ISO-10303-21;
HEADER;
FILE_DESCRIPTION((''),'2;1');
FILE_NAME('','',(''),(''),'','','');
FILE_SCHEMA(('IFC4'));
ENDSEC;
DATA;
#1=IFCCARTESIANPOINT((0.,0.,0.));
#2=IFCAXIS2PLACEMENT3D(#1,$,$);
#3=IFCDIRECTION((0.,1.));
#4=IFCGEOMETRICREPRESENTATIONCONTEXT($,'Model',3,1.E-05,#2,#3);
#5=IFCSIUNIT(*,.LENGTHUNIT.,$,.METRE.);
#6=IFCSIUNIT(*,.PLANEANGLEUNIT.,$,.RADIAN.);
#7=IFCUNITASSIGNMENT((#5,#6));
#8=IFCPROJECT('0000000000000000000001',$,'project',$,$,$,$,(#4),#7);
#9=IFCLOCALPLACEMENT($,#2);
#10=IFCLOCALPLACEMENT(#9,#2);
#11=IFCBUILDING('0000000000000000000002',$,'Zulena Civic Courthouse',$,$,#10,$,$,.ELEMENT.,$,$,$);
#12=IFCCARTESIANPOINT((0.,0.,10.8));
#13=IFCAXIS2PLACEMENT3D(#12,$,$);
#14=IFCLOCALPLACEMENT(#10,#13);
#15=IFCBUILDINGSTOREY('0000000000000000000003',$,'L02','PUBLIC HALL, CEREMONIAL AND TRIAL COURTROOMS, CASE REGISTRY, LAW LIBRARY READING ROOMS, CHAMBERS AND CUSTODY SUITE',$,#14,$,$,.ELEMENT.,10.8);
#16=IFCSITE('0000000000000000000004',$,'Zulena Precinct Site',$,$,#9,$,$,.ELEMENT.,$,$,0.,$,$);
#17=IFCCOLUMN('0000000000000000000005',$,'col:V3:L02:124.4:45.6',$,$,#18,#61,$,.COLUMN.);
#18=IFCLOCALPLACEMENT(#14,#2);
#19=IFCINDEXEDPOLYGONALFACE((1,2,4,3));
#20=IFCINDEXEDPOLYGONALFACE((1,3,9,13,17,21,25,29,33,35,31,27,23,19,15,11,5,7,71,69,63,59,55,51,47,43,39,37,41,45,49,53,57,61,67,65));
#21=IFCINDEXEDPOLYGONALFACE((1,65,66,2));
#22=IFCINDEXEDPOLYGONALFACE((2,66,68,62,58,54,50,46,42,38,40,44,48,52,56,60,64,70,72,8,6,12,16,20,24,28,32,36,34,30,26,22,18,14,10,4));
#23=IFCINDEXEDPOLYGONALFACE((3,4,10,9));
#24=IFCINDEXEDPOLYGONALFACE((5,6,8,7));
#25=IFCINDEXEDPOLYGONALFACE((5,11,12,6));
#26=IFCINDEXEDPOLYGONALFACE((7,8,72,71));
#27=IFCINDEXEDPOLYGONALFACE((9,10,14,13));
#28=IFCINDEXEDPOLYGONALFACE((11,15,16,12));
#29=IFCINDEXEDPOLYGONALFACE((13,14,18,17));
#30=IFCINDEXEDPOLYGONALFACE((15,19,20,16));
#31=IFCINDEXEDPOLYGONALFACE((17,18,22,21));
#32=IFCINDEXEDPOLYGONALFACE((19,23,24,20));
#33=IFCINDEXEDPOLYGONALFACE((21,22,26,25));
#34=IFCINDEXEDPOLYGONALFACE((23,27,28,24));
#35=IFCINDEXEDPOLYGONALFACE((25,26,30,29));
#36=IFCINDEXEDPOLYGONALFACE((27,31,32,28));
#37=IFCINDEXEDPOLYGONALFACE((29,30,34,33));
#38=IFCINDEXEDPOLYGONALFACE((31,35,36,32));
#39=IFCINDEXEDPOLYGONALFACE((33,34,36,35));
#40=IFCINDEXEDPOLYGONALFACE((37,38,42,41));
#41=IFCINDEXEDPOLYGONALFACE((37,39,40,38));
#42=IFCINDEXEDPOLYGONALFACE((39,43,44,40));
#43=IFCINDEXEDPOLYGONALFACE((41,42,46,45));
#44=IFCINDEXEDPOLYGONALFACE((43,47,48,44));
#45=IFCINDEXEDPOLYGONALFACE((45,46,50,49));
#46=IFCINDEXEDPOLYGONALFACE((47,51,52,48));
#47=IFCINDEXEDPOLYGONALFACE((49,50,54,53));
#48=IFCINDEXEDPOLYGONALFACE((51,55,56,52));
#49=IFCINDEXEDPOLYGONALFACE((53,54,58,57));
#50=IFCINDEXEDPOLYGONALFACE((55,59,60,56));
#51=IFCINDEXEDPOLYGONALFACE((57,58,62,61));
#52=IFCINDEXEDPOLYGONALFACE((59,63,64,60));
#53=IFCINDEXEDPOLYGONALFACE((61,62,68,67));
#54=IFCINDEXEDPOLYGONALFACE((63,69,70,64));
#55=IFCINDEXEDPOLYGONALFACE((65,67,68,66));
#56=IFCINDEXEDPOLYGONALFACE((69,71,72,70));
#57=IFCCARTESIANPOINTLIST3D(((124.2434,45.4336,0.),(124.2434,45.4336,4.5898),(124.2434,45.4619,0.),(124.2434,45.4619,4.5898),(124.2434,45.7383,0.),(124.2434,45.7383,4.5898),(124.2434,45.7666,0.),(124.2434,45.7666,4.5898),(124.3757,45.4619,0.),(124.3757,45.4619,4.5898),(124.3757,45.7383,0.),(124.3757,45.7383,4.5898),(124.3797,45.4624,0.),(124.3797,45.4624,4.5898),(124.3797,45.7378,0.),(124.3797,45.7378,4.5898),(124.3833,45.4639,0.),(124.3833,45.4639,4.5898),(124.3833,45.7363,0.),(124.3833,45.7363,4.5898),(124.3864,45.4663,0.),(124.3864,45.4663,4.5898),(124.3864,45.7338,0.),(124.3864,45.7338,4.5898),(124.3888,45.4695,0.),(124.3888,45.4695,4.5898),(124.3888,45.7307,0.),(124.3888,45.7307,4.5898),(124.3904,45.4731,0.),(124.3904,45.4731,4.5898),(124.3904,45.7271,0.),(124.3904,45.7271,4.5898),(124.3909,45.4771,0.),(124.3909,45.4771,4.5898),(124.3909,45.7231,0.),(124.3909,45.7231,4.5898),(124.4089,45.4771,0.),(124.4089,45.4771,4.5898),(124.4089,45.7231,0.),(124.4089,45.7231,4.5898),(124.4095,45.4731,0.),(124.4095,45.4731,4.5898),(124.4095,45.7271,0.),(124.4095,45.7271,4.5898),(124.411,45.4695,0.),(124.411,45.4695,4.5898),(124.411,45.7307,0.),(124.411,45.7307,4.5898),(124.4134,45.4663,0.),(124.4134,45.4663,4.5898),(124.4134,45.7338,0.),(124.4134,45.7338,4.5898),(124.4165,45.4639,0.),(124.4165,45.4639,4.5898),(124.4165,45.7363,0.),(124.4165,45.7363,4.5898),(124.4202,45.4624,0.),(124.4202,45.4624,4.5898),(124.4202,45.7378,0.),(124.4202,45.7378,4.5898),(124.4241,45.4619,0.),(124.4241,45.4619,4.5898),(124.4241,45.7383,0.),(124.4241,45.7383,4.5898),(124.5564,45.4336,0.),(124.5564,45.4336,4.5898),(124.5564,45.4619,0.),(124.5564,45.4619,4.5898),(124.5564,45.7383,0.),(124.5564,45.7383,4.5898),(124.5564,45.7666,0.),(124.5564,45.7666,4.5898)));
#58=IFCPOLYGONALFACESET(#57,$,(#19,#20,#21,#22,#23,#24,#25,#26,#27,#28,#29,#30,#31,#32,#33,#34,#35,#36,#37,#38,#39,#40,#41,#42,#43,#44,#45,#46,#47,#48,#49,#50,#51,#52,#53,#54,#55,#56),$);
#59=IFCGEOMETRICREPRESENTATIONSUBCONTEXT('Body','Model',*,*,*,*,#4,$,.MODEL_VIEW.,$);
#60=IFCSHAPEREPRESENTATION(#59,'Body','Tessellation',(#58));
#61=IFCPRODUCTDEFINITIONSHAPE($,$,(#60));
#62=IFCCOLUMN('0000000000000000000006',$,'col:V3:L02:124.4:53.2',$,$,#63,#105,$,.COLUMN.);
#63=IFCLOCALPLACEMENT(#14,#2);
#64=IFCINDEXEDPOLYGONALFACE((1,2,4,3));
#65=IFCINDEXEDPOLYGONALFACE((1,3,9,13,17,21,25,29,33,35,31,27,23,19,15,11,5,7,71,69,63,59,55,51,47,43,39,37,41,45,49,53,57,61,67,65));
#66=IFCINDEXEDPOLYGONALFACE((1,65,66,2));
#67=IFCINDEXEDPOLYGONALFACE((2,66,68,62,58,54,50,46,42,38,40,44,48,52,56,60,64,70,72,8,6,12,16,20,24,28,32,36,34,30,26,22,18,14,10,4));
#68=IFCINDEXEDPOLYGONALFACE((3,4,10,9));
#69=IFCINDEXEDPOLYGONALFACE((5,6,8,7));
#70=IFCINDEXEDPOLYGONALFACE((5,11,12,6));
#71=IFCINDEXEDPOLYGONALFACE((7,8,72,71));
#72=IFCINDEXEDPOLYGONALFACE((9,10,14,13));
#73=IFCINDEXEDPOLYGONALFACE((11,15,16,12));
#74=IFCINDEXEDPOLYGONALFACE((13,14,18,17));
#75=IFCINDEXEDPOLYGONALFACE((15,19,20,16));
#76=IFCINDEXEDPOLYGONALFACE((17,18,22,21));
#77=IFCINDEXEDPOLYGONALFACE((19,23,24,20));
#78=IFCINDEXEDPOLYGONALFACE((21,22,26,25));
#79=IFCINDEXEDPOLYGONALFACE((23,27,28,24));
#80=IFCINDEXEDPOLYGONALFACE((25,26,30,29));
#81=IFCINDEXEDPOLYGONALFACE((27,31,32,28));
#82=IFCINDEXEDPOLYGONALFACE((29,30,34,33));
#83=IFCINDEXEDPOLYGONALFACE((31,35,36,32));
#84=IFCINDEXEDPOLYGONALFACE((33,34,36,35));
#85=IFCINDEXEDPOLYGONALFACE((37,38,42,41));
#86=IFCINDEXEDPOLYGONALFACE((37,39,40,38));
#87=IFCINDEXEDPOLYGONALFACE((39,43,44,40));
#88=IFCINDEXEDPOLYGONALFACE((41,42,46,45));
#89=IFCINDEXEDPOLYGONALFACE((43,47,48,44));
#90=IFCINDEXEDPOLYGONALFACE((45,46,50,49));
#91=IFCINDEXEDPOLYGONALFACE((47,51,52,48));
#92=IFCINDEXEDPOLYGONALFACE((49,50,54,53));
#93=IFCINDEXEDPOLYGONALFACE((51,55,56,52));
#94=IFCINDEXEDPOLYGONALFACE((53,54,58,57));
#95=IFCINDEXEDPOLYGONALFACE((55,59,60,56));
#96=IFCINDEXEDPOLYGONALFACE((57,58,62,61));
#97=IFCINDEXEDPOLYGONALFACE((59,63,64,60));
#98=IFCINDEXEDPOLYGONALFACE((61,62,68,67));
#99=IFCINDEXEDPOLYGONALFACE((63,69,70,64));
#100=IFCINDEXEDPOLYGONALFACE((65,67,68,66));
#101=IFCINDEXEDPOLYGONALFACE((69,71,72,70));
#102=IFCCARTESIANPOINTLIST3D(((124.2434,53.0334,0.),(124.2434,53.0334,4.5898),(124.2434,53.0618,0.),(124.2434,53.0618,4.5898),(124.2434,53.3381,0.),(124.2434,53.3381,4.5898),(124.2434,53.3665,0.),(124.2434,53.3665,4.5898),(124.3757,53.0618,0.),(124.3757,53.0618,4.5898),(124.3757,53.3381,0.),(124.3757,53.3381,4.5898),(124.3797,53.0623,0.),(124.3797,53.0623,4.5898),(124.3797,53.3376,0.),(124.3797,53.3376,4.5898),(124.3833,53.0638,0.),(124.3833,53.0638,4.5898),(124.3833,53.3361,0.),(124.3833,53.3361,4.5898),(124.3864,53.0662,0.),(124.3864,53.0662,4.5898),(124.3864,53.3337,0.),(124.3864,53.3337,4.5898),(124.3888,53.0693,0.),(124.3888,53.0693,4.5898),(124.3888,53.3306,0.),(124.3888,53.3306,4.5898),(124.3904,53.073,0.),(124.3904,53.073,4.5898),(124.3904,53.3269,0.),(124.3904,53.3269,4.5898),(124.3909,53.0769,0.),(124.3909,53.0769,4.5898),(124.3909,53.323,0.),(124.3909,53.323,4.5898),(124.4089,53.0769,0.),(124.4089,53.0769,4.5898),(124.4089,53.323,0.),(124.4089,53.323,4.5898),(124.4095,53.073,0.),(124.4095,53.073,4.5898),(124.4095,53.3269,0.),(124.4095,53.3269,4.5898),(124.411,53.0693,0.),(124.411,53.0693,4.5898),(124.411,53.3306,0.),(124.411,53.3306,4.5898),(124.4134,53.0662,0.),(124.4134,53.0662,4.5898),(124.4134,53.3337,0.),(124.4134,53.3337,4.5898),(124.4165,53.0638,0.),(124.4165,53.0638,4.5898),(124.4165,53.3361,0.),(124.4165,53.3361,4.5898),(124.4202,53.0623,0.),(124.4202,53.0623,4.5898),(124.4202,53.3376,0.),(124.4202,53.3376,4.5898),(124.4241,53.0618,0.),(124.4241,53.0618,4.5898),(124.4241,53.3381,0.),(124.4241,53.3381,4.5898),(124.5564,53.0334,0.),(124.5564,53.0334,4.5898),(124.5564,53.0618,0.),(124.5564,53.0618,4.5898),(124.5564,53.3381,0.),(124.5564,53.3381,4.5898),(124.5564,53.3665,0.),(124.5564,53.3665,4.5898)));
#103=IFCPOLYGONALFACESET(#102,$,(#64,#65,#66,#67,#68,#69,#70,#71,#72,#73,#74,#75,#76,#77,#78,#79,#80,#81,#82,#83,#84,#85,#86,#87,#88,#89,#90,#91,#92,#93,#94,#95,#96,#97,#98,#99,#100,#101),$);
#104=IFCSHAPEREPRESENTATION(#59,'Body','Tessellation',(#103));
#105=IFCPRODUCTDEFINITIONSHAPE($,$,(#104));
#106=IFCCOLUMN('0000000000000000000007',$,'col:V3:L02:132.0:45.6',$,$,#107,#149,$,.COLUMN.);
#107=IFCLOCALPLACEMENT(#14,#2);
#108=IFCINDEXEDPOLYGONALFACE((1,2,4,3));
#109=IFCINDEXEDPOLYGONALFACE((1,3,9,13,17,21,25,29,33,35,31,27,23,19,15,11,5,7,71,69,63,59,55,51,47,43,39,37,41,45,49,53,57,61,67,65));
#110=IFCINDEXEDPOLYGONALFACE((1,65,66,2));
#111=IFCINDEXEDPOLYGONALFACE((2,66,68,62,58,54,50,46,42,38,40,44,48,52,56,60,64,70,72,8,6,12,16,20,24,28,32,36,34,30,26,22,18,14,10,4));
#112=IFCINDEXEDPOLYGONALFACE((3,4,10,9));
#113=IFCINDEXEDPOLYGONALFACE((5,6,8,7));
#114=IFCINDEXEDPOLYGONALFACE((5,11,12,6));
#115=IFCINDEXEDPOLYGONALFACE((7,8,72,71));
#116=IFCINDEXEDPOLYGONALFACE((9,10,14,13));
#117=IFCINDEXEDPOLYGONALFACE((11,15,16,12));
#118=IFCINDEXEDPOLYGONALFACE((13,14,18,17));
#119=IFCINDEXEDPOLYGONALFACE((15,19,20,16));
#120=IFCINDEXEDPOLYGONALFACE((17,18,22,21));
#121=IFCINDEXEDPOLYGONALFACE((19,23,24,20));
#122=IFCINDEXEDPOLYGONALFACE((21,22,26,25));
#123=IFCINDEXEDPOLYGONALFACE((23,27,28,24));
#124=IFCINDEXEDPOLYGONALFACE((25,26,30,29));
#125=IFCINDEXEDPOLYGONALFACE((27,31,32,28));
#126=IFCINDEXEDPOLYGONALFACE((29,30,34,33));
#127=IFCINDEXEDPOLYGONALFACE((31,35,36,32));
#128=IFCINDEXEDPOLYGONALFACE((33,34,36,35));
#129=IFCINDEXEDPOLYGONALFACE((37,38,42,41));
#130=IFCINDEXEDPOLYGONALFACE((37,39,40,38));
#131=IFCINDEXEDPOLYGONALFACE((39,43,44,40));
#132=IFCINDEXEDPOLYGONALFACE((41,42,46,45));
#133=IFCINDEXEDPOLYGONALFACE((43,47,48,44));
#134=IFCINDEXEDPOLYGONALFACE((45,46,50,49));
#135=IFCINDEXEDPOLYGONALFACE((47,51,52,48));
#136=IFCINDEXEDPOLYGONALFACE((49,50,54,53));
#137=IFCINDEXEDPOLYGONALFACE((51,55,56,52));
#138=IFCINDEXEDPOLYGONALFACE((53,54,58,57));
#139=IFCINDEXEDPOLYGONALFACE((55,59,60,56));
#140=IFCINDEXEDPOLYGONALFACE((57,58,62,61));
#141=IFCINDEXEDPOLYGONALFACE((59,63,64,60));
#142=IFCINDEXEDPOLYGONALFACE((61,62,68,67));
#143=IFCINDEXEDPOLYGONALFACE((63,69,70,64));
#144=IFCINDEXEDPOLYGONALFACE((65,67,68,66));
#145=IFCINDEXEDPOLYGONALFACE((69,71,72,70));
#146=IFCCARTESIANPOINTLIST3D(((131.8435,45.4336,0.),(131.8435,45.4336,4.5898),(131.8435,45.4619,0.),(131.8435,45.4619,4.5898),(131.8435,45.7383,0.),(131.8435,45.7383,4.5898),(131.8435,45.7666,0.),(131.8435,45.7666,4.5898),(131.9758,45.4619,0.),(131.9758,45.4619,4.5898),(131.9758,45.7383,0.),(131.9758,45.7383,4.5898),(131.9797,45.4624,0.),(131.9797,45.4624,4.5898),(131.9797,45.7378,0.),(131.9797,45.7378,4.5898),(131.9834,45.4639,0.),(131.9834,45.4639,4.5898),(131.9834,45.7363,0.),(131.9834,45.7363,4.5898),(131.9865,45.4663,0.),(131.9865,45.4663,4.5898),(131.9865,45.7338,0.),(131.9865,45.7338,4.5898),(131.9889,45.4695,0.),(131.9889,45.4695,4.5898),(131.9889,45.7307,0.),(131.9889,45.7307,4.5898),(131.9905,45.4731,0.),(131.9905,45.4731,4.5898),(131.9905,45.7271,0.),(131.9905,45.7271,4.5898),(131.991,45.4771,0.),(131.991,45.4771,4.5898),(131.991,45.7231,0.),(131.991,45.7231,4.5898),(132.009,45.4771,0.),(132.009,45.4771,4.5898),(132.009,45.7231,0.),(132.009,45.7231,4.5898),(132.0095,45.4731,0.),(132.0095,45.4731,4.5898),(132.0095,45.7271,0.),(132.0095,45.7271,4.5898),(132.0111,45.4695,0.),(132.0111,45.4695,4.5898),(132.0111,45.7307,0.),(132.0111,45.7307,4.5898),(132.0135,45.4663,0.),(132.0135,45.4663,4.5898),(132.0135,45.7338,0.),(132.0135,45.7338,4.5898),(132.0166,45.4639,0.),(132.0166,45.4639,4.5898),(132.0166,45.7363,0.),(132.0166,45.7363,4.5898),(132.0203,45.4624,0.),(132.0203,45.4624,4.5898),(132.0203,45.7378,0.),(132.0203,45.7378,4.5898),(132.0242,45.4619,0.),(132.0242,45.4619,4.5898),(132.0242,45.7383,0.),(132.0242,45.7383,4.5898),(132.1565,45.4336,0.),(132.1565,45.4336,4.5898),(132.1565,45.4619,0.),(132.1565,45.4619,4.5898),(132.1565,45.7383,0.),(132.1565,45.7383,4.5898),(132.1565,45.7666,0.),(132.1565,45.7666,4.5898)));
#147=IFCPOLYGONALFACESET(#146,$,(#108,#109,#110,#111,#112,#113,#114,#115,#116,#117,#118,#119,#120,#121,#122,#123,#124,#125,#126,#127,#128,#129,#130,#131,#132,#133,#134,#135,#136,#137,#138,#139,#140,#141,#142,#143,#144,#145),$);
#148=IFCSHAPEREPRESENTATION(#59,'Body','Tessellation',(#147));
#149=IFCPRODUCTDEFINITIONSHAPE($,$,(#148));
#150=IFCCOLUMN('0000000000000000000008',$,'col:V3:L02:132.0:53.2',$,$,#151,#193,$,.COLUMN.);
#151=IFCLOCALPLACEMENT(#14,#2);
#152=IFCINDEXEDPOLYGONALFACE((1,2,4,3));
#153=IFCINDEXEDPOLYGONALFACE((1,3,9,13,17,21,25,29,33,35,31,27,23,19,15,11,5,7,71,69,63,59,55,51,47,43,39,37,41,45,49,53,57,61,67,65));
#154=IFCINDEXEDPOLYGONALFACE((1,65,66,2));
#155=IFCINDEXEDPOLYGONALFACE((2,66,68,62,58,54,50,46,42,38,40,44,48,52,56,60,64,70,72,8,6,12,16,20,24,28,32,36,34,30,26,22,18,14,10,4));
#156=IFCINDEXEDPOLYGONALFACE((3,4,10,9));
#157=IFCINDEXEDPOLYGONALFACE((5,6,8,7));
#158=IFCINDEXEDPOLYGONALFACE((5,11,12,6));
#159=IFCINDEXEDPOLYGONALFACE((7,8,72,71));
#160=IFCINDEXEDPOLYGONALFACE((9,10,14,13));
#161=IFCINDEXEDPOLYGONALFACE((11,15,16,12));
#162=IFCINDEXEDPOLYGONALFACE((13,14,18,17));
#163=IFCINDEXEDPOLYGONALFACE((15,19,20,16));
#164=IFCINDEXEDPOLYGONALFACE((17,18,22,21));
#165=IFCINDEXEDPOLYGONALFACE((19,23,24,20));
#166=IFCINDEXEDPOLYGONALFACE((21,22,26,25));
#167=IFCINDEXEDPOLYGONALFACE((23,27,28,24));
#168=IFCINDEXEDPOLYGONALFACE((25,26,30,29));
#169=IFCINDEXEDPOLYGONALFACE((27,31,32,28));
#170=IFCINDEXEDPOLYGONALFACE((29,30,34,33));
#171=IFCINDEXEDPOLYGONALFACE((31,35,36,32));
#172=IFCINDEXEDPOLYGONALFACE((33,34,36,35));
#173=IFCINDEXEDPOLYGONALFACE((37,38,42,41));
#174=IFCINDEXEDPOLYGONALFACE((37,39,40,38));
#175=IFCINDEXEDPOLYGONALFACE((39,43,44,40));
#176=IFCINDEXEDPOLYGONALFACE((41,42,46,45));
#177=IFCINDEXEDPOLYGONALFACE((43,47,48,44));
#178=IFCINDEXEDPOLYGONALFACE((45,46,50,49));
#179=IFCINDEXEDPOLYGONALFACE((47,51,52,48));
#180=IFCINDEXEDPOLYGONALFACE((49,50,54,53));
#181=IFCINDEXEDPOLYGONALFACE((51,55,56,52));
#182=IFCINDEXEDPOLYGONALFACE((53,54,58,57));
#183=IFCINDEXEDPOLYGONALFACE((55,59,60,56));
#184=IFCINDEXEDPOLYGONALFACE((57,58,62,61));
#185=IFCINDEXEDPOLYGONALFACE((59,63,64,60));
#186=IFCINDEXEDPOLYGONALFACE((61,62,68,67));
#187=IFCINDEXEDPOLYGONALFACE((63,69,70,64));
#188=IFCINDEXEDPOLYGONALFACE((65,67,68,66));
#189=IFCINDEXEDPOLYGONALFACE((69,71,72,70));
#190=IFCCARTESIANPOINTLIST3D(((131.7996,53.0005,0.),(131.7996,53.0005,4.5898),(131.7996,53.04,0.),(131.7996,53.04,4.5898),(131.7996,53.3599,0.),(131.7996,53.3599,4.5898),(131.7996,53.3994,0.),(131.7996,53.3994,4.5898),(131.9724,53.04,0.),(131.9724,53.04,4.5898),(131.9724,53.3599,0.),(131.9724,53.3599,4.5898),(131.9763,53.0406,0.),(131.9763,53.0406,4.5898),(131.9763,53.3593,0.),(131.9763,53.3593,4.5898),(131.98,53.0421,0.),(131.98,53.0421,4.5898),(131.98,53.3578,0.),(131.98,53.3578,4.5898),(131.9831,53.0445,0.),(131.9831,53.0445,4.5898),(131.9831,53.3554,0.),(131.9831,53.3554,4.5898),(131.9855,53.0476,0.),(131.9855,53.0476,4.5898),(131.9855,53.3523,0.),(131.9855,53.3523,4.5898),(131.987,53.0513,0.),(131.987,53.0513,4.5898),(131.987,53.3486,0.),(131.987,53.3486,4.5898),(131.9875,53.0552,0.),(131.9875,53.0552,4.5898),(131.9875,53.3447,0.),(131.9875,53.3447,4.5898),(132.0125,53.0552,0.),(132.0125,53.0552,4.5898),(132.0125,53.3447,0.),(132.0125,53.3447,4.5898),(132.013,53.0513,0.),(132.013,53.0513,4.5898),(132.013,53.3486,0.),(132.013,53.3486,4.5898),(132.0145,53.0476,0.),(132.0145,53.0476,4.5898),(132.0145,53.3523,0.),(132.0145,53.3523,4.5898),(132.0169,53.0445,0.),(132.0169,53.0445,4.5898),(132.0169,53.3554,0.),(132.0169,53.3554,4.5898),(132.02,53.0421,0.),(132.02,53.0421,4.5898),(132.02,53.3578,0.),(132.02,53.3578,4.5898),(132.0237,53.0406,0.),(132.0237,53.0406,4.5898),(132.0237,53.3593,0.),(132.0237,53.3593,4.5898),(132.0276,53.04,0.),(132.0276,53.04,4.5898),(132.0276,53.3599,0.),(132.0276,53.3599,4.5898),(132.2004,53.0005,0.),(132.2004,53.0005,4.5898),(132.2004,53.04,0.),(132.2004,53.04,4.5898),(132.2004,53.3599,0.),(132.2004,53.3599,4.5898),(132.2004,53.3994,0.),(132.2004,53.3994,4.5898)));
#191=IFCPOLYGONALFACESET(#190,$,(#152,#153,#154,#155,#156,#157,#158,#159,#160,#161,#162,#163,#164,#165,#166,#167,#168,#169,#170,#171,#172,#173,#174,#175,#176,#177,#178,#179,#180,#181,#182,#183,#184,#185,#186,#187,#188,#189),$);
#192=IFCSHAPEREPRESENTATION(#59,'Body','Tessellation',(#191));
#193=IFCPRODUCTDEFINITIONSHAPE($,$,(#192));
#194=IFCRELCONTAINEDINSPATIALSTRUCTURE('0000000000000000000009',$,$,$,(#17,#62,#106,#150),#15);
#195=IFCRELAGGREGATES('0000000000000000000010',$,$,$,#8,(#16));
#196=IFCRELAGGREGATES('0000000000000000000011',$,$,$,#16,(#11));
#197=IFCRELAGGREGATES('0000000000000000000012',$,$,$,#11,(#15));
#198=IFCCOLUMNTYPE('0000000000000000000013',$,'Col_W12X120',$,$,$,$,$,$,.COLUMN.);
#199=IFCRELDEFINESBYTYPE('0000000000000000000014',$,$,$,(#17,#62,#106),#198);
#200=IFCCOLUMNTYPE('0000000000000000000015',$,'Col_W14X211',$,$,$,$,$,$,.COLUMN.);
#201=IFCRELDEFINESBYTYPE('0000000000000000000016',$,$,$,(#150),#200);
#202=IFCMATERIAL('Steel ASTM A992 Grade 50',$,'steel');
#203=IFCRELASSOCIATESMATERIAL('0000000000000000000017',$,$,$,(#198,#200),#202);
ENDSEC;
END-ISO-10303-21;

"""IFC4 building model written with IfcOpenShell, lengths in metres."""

from ifc_helpers import new_model, si_unit, direction, frame, origin, origin_2d, place, context, subcontext, project, spatial, i_section, extrude, material, material_profile, profile_set, type_object, element, save


model = new_model("IFC4")

# Units and contexts
model_context = context("Model", 3, precision=1e-05, world=origin(), true_north=direction((0.0, 1.0)))
body_context = subcontext(model_context, "Body", "Model", "MODEL_VIEW")
ifc_project = project(units=[si_unit("LENGTHUNIT", "METRE"), si_unit("PLANEANGLEUNIT", "RADIAN")], contexts=[model_context])

# Site, building, storey
site_placement = place(None, origin())
site = spatial("IfcSite", under=ifc_project, at=site_placement, Name="Zulena Precinct Site", CompositionType="ELEMENT", RefElevation=0.0)
building_placement = place(site_placement, origin())
building = spatial("IfcBuilding", under=site, at=building_placement, Name="Zulena Civic Courthouse", CompositionType="ELEMENT")
storey_placement = place(building_placement, frame((0.0, 0.0, 10.8)))
storey = spatial("IfcBuildingStorey", under=building, at=storey_placement, Name="L02", Description="PUBLIC HALL, CEREMONIAL AND TRIAL COURTROOMS, CASE REGISTRY, LAW LIBRARY READING ROOMS, CHAMBERS AND CUSTODY SUITE", CompositionType="ELEMENT", Elevation=10.8)

# Columns
ifc_material_1 = material(Name="Steel ASTM A992 Grade 50", Category="steel")
ifc_material_profile_1 = material_profile(ifc_material_1, i_section(OverallWidth=0.313, OverallDepth=0.333, WebThickness=0.0181, FlangeThickness=0.0283, FilletRadius=0.0151, at=origin_2d()), Name="W12X120")
ifc_profile_set_1 = profile_set([ifc_material_profile_1], Name="Steel ASTM A992 Grade 50")
column_type_1 = type_object("IfcColumnType", Name="Col_W12X120", PredefinedType="COLUMN", material=ifc_profile_set_1)
for number, where, z_axis, x_axis, name in (
    (1, (124.3999, 45.6001, 0.0), (0.0, 0.0, 1.0), (1.0, 0.0, 0.0), "col:V3:L02:124.4:45.6"),
    (2, (124.3999, 53.2, 0.0), (0.0, 0.0, 1.0), (1.0, 0.0, 0.0), "col:V3:L02:124.4:53.2"),
    (3, (132.0, 45.6001, 0.0), (0.0, 0.0, 1.0), (1.0, 0.0, 0.0), "col:V3:L02:132.0:45.6"),
):
    element("IfcColumn", number, at=place(storey_placement, frame(where, z_axis=z_axis, x_axis=x_axis)), inside=storey, type_object=column_type_1, Name=name, PredefinedType="COLUMN", context=body_context, shape_type="SweptSolid", body=[
        extrude(i_section(OverallWidth=0.313, OverallDepth=0.333, WebThickness=0.0181, FlangeThickness=0.0283, FilletRadius=0.0151, at=origin_2d()), origin(), (0.0, 0.0, 1.0), 4.5898),
    ])
ifc_material_profile_2 = material_profile(ifc_material_1, i_section(OverallWidth=0.4009, OverallDepth=0.3989, WebThickness=0.0249, FlangeThickness=0.0396, FilletRadius=0.0151, at=origin_2d()), Name="W14X211")
ifc_profile_set_2 = profile_set([ifc_material_profile_2], Name="Steel ASTM A992 Grade 50")
column_type_2 = type_object("IfcColumnType", Name="Col_W14X211", PredefinedType="COLUMN", material=ifc_profile_set_2)
column_placement = place(storey_placement, frame((132.0, 53.2, 0.0), z_axis=(0.0, 0.0, 1.0), x_axis=(1.0, 0.0, 0.0)))
element("IfcColumn", 4, at=column_placement, inside=storey, type_object=column_type_2, Name="col:V3:L02:132.0:53.2", PredefinedType="COLUMN", context=body_context, shape_type="SweptSolid", body=[
    extrude(i_section(OverallWidth=0.4009, OverallDepth=0.3989, WebThickness=0.0249, FlangeThickness=0.0396, FilletRadius=0.0151, at=origin_2d()), origin(), (0.0, 0.0, 1.0), 4.5898),
])

save(model, "model.ifc")
